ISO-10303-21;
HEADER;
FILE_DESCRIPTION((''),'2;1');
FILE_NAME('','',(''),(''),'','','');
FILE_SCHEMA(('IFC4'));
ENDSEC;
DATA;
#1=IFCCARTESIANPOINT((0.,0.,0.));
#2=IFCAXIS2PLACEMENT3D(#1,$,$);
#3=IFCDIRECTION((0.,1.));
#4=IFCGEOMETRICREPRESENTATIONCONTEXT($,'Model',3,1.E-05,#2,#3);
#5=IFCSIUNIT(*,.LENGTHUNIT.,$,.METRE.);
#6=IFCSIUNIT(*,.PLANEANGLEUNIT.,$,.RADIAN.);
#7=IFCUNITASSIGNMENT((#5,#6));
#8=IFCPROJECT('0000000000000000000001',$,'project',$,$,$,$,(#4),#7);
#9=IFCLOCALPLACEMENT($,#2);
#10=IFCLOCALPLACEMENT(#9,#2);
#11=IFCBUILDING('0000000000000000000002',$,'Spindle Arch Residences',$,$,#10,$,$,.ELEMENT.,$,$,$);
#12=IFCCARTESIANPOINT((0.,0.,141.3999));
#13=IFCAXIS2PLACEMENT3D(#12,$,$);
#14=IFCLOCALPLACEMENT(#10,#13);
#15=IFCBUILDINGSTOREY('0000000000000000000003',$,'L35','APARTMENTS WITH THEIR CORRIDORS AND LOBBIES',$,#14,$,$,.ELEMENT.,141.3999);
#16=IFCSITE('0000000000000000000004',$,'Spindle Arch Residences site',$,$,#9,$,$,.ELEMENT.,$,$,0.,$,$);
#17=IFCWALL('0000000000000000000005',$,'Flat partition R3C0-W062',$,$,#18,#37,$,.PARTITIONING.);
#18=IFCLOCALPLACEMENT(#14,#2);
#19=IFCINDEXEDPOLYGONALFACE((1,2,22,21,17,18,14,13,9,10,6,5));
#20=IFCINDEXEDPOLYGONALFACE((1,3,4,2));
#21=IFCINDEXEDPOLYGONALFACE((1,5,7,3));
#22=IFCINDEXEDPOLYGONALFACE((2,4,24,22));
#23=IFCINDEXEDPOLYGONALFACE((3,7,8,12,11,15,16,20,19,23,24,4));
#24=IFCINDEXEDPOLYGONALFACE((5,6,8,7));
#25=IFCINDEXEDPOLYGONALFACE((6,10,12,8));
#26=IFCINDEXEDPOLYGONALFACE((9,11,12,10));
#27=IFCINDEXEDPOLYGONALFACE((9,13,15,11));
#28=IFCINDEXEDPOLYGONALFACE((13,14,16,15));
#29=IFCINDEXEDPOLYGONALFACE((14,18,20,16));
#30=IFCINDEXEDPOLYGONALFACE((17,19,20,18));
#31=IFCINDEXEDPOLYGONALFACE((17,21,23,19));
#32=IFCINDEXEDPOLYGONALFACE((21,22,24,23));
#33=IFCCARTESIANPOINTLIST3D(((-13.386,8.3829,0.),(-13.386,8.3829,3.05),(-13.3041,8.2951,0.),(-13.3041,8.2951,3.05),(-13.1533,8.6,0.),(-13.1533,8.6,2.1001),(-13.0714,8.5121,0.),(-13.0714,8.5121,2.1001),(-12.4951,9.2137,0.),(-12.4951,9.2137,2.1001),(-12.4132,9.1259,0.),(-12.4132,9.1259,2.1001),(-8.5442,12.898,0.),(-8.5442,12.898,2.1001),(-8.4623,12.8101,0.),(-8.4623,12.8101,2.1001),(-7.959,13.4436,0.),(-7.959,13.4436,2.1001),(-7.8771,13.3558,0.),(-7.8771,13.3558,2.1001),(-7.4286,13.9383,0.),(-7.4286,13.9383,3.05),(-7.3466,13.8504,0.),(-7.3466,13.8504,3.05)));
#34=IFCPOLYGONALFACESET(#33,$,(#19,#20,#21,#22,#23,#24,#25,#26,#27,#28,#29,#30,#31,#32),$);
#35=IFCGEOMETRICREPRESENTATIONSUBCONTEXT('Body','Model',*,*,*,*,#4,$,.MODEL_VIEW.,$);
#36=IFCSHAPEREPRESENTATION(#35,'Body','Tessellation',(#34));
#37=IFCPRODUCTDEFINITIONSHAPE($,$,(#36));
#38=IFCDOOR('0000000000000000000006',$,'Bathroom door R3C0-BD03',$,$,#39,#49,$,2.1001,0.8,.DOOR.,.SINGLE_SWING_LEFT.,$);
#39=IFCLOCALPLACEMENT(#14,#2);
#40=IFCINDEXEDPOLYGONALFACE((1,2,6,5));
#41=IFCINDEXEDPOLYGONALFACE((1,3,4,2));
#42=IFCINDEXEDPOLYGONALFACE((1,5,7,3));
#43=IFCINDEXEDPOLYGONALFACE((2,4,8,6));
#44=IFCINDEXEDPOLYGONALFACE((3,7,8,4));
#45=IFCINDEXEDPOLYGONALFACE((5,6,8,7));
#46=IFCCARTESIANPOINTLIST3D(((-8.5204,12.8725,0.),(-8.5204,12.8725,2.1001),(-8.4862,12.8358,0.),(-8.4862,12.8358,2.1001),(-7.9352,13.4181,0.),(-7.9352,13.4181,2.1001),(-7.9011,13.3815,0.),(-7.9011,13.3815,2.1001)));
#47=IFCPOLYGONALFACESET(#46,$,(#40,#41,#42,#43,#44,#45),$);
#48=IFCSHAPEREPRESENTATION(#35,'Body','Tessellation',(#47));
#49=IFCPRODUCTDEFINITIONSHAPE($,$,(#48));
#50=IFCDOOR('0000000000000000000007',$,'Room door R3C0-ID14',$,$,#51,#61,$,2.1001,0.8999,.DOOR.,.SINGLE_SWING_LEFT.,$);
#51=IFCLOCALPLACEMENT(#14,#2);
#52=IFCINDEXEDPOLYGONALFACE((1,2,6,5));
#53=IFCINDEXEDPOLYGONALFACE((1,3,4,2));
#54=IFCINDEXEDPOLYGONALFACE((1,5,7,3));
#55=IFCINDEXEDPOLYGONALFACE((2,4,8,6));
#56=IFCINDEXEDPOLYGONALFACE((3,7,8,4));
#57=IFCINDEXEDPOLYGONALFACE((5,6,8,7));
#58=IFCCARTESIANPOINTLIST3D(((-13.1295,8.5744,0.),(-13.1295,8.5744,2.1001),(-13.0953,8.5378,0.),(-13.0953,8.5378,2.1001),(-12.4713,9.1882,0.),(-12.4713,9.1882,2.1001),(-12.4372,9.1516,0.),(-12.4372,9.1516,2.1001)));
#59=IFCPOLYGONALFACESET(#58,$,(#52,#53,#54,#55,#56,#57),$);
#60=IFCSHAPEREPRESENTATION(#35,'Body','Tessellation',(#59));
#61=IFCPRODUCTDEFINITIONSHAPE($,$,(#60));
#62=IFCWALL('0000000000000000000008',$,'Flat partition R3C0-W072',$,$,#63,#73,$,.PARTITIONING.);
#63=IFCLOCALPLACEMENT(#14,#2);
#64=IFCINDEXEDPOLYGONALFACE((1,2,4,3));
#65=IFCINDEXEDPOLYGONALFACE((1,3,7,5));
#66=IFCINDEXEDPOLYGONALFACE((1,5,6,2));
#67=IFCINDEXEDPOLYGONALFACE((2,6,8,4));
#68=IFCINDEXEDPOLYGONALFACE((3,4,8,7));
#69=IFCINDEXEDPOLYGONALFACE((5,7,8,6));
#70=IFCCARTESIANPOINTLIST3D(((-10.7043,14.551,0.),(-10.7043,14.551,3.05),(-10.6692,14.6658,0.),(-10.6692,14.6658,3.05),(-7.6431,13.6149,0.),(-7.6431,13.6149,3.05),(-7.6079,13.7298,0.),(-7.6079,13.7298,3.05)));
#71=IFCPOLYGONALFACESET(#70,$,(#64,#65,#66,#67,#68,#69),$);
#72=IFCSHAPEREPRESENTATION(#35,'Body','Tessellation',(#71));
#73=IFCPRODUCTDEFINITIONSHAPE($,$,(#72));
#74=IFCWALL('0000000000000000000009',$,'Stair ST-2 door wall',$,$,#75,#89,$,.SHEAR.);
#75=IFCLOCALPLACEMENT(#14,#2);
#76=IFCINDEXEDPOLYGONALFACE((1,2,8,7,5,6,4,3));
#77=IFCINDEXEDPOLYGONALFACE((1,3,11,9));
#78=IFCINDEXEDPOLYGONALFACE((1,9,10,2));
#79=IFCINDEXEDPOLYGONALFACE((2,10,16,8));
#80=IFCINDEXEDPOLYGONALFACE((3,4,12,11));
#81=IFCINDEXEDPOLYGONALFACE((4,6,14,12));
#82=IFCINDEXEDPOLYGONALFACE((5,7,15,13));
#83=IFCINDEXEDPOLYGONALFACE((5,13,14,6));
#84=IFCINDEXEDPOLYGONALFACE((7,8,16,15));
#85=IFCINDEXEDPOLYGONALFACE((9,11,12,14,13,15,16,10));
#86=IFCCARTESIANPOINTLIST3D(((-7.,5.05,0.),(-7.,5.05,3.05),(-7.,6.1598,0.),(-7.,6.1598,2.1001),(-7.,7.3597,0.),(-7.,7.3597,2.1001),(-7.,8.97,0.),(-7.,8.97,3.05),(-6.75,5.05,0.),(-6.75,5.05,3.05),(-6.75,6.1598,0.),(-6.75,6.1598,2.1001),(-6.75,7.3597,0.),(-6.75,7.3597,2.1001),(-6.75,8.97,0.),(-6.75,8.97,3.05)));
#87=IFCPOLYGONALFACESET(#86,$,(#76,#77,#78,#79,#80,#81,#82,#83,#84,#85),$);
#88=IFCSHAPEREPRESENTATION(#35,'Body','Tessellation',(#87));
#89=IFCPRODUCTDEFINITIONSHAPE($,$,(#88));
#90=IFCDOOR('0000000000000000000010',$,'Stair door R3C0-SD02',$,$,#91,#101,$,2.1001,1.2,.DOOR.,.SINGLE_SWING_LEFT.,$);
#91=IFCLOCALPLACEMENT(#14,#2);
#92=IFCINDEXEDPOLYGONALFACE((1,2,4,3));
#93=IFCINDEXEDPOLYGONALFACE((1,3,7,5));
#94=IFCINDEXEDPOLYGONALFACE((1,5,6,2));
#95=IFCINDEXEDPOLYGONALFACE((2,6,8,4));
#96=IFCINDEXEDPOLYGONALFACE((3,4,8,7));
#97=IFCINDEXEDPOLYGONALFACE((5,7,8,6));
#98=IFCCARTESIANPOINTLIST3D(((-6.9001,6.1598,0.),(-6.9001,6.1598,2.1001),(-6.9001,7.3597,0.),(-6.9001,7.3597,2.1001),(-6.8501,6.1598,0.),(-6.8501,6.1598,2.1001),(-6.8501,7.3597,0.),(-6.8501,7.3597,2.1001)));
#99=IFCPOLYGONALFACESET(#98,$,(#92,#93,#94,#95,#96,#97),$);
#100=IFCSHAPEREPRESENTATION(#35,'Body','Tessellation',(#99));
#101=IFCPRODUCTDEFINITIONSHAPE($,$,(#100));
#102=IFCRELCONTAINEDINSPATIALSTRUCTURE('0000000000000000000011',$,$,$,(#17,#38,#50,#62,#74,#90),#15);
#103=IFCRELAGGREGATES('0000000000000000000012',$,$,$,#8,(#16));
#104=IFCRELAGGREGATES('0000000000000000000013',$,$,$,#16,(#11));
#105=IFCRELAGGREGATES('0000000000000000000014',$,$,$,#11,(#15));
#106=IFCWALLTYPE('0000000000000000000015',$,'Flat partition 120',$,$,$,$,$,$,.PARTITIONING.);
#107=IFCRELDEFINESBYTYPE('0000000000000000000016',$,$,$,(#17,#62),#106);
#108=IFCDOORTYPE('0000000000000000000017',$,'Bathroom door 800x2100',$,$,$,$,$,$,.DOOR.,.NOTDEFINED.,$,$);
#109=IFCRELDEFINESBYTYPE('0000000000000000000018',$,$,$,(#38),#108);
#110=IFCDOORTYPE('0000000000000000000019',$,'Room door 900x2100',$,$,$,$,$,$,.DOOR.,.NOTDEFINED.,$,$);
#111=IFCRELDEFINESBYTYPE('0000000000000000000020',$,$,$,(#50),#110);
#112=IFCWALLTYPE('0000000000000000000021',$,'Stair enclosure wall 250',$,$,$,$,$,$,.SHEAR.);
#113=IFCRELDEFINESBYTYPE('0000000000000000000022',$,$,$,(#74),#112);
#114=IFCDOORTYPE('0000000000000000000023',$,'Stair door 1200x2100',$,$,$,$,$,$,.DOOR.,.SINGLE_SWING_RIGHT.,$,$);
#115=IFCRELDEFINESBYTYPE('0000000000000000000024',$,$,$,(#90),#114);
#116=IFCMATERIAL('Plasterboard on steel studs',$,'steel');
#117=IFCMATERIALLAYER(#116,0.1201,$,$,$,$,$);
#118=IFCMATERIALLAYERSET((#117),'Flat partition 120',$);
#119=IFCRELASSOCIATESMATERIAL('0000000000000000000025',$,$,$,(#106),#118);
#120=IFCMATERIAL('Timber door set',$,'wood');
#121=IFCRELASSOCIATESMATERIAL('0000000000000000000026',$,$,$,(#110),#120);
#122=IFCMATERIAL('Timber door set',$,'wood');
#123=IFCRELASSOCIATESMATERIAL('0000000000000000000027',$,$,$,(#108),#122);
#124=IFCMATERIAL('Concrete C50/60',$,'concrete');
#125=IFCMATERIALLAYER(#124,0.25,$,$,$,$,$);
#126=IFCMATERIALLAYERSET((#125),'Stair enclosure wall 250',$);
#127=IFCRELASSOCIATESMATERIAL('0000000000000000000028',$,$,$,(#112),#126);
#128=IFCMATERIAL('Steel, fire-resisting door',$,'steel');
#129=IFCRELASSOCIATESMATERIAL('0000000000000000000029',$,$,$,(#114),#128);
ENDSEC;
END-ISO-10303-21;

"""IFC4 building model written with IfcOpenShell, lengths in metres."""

from ifc_helpers import new_model, si_unit, direction, frame, frame_2d, origin, place, context, subcontext, project, spatial, rectangle, extrude, material, layer, layer_set, type_object, element, fill, save


model = new_model("IFC4")

# Units and contexts
model_context = context("Model", 3, precision=1e-05, world=origin(), true_north=direction((0.0, 1.0)))
body_context = subcontext(model_context, "Body", "Model", "MODEL_VIEW")
ifc_project = project(units=[si_unit("LENGTHUNIT", "METRE"), si_unit("PLANEANGLEUNIT", "RADIAN")], contexts=[model_context])

# Site, building, storey
site_placement = place(None, origin())
site = spatial("IfcSite", under=ifc_project, at=site_placement, Name="Spindle Arch Residences site", CompositionType="ELEMENT", RefElevation=0.0)
building_placement = place(site_placement, origin())
building = spatial("IfcBuilding", under=site, at=building_placement, Name="Spindle Arch Residences", CompositionType="ELEMENT")
storey_placement = place(building_placement, frame((0.0, 0.0, 141.3999)))
storey = spatial("IfcBuildingStorey", under=building, at=storey_placement, Name="L35", Description="APARTMENTS WITH THEIR CORRIDORS AND LOBBIES", CompositionType="ELEMENT", Elevation=141.3999)

# Shared definitions
ifc_material_1 = material(Name="Plasterboard on steel studs", Category="steel")
ifc_layer_1 = layer(ifc_material_1, 0.1201)
ifc_layer_set_1 = layer_set([ifc_layer_1], Name="Flat partition 120")
wall_type_1 = type_object("IfcWallType", Name="Flat partition 120", PredefinedType="PARTITIONING", material=ifc_layer_set_1)
ifc_material_2 = material(Name="Timber door set", Category="wood")
door_type_1 = type_object("IfcDoorType", Name="Room door 900x2100", OperationType="NOTDEFINED", PredefinedType="DOOR", material=ifc_material_2)

# Wall, openings, doors
wall_1_placement = place(storey_placement, frame((-7.3877, 13.8943, 0.0), z_axis=(0.0, 0.0, 1.0), x_axis=(-0.731357, -0.681995, 0.0)))
wall_1 = element("IfcWall", 1, at=wall_1_placement, inside=storey, type_object=wall_type_1, Name="Flat partition R3C0-W062", PredefinedType="PARTITIONING", context=body_context, shape_type="SweptSolid", body=[
    extrude(rectangle(XDim=8.1458, YDim=0.1201, at=frame_2d((4.0728, 0.0))), origin(), (0.0, 0.0, 1.0), 3.05),
])
opening_1_placement = place(wall_1_placement, frame((0.7253, 0.0, 0.0)))
opening_1 = element("IfcOpeningElement", 2, at=opening_1_placement, cuts=wall_1, PredefinedType="OPENING", context=body_context, shape_type="SweptSolid", body=[
    extrude(rectangle(XDim=0.8, YDim=2.1001, at=frame_2d((0.3999, 1.05))), frame((0.0, 0.0701, 0.0), z_axis=(0.0, -1.0, 0.0), x_axis=(1.0, 0.0, 0.0)), (0.0, 0.0, 1.0), 0.1401),
])
opening_2_placement = place(wall_1_placement, frame((6.9275, 0.0, 0.0)))
opening_2 = element("IfcOpeningElement", 3, at=opening_2_placement, cuts=wall_1, PredefinedType="OPENING", context=body_context, shape_type="SweptSolid", body=[
    extrude(rectangle(XDim=0.8999, YDim=2.1001, at=frame_2d((0.45, 1.05))), frame((0.0, 0.0701, 0.0), z_axis=(0.0, -1.0, 0.0), x_axis=(1.0, 0.0, 0.0)), (0.0, 0.0, 1.0), 0.1401),
])
ifc_material_3 = material(Name="Timber door set", Category="wood")
door_type_2 = type_object("IfcDoorType", Name="Bathroom door 800x2100", OperationType="NOTDEFINED", PredefinedType="DOOR", material=ifc_material_3)
door_1_placement = place(opening_1_placement, origin())
door_1 = element("IfcDoor", 4, at=door_1_placement, inside=storey, type_object=door_type_2, Name="Bathroom door R3C0-BD03", OperationType="SINGLE_SWING_LEFT", OverallHeight=2.1001, OverallWidth=0.8, PredefinedType="DOOR", context=body_context, shape_type="SweptSolid", body=[
    extrude(rectangle(XDim=0.8, YDim=2.1001, at=frame_2d((0.3999, 1.05))), frame((0.0, 0.0249, 0.0), z_axis=(0.0, -1.0, 0.0), x_axis=(1.0, 0.0, 0.0)), (0.0, 0.0, 1.0), 0.05),
])
fill(opening_1, door_1)
door_2_placement = place(opening_2_placement, origin())
door_2 = element("IfcDoor", 5, at=door_2_placement, inside=storey, type_object=door_type_1, Name="Room door R3C0-ID14", OperationType="SINGLE_SWING_LEFT", OverallHeight=2.1001, OverallWidth=0.8999, PredefinedType="DOOR", context=body_context, shape_type="SweptSolid", body=[
    extrude(rectangle(XDim=0.8999, YDim=2.1001, at=frame_2d((0.45, 1.05))), frame((0.0, 0.0249, 0.0), z_axis=(0.0, -1.0, 0.0), x_axis=(1.0, 0.0, 0.0)), (0.0, 0.0, 1.0), 0.05),
])
fill(opening_2, door_2)

# Wall
wall_2_placement = place(storey_placement, frame((-10.6868, 14.6084, 0.0), z_axis=(0.0, 0.0, 1.0), x_axis=(0.956295, -0.292403, 0.0)))
element("IfcWall", 6, at=wall_2_placement, inside=storey, type_object=wall_type_1, Name="Flat partition R3C0-W072", PredefinedType="PARTITIONING", context=body_context, shape_type="SweptSolid", body=[
    extrude(rectangle(XDim=3.2012, YDim=0.1201, at=frame_2d((1.6006, 0.0))), origin(), (0.0, 0.0, 1.0), 3.05),
])

# Wall, opening, door
ifc_material_4 = material(Name="Concrete C50/60", Category="concrete")
ifc_layer_2 = layer(ifc_material_4, 0.25)
ifc_layer_set_2 = layer_set([ifc_layer_2], Name="Stair enclosure wall 250")
wall_type_2 = type_object("IfcWallType", Name="Stair enclosure wall 250", PredefinedType="SHEAR", material=ifc_layer_set_2)
wall_3_placement = place(storey_placement, frame((-6.875, 8.97, 0.0), z_axis=(0.0, 0.0, 1.0), x_axis=(0.0, -1.0, 0.0)))
wall_3 = element("IfcWall", 7, at=wall_3_placement, inside=storey, type_object=wall_type_2, Name="Stair ST-2 door wall", PredefinedType="SHEAR", context=body_context, shape_type="SweptSolid", body=[
    extrude(rectangle(XDim=3.9199, YDim=0.25, at=frame_2d((1.96, 0.0))), origin(), (0.0, 0.0, 1.0), 3.05),
])
opening_3_placement = place(wall_3_placement, frame((1.6101, 0.0, 0.0)))
opening_3 = element("IfcOpeningElement", 8, at=opening_3_placement, cuts=wall_3, PredefinedType="OPENING", context=body_context, shape_type="SweptSolid", body=[
    extrude(rectangle(XDim=1.2, YDim=2.1001, at=frame_2d((0.6001, 1.05))), frame((0.0, 0.135, 0.0), z_axis=(0.0, -1.0, 0.0), x_axis=(1.0, 0.0, 0.0)), (0.0, 0.0, 1.0), 0.27),
])
ifc_material_5 = material(Name="Steel, fire-resisting door", Category="steel")
door_type_3 = type_object("IfcDoorType", Name="Stair door 1200x2100", OperationType="SINGLE_SWING_RIGHT", PredefinedType="DOOR", material=ifc_material_5)
door_3_placement = place(opening_3_placement, origin())
door_3 = element("IfcDoor", 9, at=door_3_placement, inside=storey, type_object=door_type_3, Name="Stair door R3C0-SD02", OperationType="SINGLE_SWING_LEFT", OverallHeight=2.1001, OverallWidth=1.2, PredefinedType="DOOR", context=body_context, shape_type="SweptSolid", body=[
    extrude(rectangle(XDim=1.2, YDim=2.1001, at=frame_2d((0.6001, 1.05))), frame((0.0, 0.0249, 0.0), z_axis=(0.0, -1.0, 0.0), x_axis=(1.0, 0.0, 0.0)), (0.0, 0.0, 1.0), 0.05),
])
fill(opening_3, door_3)

save(model, "model.ifc")
